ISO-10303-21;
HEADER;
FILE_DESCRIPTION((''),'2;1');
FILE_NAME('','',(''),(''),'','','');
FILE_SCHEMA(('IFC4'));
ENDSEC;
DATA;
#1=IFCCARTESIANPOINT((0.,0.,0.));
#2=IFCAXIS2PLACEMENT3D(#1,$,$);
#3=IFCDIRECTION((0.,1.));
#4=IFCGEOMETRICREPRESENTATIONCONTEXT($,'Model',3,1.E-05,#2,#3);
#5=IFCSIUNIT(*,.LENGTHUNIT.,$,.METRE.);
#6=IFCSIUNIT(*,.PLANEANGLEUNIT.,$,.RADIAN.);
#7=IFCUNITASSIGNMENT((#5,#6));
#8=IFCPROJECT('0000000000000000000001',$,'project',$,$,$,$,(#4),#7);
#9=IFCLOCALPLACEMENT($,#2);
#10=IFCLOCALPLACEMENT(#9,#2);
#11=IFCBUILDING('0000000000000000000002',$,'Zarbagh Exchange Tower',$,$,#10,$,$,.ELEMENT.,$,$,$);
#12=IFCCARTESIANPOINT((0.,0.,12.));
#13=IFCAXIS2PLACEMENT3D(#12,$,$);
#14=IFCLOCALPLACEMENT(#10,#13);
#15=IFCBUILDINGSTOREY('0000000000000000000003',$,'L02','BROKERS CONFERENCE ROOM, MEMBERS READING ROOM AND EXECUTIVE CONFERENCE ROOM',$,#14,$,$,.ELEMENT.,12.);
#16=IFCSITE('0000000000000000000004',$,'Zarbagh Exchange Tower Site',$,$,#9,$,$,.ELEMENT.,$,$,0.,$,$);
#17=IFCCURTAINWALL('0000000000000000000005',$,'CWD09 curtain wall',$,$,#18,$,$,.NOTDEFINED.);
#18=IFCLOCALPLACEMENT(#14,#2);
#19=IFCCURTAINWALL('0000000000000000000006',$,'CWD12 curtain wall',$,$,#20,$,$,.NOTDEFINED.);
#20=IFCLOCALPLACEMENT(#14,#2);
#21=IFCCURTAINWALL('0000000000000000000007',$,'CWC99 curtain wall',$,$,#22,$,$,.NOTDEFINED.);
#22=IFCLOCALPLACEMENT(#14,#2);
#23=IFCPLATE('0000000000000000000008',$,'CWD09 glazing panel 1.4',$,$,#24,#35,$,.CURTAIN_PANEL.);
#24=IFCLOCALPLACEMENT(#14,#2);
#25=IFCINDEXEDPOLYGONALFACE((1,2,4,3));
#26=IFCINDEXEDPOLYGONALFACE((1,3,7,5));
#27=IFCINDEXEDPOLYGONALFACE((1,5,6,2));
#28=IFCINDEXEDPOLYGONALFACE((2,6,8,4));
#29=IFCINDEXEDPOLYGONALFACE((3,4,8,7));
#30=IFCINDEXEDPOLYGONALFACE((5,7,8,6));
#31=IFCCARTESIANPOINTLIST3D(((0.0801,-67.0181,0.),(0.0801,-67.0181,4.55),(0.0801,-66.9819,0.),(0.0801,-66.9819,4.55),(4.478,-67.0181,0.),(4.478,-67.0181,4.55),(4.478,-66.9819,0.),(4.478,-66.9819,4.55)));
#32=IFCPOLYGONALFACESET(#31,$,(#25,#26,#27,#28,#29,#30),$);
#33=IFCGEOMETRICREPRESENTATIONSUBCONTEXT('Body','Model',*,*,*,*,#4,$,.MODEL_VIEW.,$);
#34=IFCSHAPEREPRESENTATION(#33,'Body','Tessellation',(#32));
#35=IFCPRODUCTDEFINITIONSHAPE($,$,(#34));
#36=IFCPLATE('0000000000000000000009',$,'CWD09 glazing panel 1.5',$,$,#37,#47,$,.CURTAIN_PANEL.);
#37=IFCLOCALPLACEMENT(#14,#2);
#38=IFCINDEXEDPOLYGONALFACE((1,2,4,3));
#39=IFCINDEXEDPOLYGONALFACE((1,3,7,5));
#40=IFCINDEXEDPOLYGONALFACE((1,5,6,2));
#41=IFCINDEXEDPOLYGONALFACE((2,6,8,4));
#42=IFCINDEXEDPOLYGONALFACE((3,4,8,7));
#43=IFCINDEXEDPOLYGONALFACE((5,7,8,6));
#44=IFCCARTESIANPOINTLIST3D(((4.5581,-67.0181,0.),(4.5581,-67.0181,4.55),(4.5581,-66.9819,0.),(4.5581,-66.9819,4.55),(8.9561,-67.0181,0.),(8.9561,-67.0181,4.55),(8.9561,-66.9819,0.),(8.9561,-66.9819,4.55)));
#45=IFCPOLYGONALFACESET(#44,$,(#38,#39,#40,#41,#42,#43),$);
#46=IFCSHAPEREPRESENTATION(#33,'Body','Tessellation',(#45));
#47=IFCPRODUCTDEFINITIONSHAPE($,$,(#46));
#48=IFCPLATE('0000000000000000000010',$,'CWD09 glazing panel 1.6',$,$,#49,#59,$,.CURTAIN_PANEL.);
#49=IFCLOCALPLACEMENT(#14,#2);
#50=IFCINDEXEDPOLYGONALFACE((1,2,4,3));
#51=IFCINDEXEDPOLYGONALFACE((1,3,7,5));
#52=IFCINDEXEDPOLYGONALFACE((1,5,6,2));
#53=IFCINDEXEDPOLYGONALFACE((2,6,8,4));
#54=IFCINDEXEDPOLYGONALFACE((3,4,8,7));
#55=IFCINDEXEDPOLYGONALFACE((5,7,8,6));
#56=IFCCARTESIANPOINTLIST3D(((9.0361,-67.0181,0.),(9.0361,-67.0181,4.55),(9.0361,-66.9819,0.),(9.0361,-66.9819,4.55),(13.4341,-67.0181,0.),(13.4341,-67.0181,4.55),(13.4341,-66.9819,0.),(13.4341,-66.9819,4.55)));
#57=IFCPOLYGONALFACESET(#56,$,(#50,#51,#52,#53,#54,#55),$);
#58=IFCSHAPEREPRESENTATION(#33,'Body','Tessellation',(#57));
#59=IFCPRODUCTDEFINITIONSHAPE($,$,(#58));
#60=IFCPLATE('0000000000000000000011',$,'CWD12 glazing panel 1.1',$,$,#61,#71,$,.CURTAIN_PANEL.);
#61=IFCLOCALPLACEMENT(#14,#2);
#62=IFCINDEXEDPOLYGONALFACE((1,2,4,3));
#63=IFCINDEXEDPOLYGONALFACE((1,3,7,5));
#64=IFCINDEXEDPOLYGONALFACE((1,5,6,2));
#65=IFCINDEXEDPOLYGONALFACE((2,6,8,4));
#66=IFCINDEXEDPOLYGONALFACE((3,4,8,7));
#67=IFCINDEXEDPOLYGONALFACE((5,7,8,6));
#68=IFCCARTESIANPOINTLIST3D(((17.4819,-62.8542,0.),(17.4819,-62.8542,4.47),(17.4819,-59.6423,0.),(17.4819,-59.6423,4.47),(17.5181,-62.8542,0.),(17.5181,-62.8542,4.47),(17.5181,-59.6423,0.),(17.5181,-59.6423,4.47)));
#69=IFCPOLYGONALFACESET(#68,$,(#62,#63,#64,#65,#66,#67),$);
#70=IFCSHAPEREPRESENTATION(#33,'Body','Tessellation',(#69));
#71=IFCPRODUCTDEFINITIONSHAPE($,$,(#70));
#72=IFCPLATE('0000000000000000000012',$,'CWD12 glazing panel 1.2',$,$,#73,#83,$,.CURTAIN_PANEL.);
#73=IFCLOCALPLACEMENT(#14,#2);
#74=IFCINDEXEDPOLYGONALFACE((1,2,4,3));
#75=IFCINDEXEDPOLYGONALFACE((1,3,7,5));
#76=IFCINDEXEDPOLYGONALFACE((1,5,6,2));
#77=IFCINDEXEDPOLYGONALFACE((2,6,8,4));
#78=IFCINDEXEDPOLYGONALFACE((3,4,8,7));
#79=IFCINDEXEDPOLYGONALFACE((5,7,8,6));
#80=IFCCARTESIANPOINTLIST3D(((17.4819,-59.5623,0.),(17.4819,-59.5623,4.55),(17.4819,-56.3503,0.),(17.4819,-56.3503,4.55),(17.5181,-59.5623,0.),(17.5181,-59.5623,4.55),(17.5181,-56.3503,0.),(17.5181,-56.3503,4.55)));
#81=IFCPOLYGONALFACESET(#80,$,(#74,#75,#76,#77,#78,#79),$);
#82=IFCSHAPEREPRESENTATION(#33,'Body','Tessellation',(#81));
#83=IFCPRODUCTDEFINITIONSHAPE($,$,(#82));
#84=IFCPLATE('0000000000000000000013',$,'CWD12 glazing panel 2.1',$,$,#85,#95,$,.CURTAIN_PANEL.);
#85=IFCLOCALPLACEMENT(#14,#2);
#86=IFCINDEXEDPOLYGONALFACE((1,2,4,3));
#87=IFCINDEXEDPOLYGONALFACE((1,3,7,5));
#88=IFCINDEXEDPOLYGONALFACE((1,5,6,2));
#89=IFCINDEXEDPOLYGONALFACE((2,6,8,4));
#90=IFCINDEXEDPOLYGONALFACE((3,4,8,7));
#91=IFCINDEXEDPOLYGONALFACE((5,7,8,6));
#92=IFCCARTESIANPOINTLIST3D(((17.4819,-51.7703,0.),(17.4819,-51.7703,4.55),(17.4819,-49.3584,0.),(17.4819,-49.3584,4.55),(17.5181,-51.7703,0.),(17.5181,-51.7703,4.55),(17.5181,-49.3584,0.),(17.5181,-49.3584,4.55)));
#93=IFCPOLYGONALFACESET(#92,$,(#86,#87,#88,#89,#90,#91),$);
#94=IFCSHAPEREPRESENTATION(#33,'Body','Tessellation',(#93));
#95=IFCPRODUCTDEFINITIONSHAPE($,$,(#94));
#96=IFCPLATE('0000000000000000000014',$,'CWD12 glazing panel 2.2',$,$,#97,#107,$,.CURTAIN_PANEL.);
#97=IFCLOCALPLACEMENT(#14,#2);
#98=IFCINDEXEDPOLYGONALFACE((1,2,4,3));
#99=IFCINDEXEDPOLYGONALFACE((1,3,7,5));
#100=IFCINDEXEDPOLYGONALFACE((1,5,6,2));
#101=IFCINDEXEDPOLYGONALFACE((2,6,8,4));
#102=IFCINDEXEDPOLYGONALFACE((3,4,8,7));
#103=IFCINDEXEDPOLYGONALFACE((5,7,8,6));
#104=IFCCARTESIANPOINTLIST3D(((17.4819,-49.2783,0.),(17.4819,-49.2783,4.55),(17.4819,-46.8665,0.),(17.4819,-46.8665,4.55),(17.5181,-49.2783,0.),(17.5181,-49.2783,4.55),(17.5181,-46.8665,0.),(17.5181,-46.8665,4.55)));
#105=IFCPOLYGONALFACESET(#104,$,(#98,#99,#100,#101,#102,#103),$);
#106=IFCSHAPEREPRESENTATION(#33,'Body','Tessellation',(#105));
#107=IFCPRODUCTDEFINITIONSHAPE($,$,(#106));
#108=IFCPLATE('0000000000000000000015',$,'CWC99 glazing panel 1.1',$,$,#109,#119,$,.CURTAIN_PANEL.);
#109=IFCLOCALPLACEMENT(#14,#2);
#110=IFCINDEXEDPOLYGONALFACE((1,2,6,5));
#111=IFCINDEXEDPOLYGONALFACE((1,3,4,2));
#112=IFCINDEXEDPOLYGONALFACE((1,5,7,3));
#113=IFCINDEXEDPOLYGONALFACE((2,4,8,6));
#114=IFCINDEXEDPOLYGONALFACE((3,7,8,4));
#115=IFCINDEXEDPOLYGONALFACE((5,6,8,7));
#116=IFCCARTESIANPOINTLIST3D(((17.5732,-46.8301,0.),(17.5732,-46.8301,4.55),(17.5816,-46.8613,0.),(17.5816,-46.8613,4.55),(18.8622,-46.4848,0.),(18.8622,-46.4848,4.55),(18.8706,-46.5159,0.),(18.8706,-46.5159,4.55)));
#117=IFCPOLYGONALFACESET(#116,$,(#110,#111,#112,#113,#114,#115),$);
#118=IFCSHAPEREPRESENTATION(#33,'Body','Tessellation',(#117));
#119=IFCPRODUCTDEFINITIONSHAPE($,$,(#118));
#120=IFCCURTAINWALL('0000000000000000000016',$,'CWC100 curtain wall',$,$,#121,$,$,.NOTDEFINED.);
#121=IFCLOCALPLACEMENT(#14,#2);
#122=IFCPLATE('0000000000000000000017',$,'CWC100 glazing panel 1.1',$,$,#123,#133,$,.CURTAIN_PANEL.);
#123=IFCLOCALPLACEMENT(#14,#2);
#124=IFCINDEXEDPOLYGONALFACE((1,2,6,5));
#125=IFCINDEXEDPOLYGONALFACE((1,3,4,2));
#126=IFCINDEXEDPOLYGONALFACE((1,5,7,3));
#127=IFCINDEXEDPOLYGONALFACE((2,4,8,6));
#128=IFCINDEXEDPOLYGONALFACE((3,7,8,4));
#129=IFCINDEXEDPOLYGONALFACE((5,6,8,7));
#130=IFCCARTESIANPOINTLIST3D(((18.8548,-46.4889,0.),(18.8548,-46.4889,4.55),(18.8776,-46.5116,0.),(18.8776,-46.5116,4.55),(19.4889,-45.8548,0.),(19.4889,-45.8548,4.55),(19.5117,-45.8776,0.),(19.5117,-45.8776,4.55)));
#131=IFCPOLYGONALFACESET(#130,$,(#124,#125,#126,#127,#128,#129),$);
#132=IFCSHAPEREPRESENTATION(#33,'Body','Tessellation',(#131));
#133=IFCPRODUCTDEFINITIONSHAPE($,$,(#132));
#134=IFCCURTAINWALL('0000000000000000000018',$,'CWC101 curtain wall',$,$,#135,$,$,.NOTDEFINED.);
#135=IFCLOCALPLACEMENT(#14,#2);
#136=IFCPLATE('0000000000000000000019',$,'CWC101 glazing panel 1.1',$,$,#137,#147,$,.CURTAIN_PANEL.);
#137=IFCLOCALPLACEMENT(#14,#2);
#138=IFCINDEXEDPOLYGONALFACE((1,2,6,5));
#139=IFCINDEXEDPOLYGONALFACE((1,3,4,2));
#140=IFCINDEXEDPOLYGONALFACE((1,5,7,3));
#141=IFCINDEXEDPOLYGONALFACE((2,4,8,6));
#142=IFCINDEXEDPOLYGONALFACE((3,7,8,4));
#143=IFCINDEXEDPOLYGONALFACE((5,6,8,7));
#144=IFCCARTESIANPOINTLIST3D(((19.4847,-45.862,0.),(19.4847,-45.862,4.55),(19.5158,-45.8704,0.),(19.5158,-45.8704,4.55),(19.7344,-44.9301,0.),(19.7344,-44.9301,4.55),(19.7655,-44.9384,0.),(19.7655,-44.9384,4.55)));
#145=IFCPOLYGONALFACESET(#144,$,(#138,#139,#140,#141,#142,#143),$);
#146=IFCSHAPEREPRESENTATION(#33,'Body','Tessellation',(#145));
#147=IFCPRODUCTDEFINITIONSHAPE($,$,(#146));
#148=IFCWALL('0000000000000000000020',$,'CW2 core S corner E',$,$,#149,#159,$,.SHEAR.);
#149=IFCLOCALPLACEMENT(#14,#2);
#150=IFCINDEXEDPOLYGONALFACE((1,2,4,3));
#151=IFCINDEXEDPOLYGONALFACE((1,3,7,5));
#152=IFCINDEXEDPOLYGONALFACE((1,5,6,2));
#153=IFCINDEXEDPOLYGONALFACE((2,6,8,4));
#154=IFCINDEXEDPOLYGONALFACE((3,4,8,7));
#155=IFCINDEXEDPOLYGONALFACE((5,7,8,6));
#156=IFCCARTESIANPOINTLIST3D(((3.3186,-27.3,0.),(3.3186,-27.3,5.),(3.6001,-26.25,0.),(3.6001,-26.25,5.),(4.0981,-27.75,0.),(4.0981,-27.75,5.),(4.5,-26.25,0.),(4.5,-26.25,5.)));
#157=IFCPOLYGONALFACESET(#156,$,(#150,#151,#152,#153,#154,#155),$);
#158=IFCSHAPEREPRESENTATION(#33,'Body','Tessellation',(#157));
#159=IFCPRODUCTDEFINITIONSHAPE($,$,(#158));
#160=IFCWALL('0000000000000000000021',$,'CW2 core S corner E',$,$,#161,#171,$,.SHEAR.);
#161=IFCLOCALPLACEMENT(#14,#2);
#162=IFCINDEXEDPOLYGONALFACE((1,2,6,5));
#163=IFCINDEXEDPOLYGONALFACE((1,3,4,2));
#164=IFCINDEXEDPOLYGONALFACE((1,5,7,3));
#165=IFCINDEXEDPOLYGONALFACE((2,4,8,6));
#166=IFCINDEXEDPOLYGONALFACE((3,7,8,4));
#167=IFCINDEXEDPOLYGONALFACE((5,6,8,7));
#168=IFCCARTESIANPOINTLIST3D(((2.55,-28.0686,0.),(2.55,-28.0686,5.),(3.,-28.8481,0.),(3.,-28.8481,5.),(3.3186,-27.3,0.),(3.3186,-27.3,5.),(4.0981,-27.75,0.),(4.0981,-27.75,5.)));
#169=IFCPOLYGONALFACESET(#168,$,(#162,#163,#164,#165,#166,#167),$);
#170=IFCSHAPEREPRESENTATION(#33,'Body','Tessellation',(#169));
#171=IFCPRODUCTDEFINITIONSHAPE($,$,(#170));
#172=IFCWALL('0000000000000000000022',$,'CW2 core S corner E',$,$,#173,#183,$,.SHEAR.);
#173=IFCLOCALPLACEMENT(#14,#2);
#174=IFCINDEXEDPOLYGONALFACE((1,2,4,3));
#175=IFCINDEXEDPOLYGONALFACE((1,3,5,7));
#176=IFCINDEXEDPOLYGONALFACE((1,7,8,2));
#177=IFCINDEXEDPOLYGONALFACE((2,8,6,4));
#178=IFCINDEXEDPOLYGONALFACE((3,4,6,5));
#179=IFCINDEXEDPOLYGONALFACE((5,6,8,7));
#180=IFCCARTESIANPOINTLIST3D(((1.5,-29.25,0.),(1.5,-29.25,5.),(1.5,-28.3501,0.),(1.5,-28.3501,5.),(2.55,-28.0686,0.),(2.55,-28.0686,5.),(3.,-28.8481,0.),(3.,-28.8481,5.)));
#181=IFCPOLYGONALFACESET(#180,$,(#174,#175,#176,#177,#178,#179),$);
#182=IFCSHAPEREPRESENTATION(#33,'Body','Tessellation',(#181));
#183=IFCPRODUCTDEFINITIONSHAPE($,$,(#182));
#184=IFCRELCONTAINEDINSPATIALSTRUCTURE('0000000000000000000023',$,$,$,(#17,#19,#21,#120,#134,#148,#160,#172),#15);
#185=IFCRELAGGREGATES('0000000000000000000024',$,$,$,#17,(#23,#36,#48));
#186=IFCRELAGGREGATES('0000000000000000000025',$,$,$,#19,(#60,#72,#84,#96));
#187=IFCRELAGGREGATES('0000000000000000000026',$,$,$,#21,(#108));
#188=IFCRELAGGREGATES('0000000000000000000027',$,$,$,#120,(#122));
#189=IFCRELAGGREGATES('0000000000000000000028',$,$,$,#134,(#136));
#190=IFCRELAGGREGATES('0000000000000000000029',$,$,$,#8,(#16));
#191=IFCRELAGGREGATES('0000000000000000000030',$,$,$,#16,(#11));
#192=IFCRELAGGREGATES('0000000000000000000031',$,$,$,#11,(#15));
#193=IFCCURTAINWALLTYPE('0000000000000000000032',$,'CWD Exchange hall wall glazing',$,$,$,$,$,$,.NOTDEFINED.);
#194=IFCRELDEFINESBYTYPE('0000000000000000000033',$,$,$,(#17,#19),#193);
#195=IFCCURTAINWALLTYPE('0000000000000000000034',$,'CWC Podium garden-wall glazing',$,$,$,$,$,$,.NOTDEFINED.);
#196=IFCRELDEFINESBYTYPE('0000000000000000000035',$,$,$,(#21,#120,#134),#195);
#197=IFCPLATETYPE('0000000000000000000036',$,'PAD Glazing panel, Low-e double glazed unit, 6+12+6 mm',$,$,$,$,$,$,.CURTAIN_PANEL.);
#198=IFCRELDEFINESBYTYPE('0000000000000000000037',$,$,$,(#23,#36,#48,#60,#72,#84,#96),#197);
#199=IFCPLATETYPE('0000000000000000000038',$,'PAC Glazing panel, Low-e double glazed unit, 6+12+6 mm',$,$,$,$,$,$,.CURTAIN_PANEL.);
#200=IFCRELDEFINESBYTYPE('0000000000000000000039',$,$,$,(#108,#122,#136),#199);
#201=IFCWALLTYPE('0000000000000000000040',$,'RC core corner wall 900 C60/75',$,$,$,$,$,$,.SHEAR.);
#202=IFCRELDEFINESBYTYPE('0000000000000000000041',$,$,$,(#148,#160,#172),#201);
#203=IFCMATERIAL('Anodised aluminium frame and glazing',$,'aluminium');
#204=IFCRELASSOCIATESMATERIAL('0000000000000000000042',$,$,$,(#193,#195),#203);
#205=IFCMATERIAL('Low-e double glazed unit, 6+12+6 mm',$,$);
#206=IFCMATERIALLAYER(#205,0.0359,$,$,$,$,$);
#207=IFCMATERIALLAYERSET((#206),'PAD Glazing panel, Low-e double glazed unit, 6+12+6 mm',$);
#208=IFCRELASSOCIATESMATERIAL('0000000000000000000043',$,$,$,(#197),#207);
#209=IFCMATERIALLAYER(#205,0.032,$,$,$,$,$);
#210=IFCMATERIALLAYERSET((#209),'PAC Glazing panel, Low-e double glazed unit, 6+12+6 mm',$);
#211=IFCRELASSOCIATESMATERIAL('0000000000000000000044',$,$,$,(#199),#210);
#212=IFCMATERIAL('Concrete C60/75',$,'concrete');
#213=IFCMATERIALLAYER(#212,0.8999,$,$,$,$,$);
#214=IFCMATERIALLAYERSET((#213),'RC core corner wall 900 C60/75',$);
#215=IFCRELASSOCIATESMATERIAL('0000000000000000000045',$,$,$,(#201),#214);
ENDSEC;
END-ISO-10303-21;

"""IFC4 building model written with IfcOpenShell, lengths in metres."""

from ifc_helpers import new_model, si_unit, direction, frame, origin, place, context, subcontext, project, spatial, polyline, outline, extrude, source, transform, mapped, material, layer, layer_set, type_object, element, aggregate, save


model = new_model("IFC4")

# Units and contexts
model_context = context("Model", 3, precision=1e-05, world=origin(), true_north=direction((0.0, 1.0)))
body_context = subcontext(model_context, "Body", "Model", "MODEL_VIEW")
ifc_project = project(units=[si_unit("LENGTHUNIT", "METRE"), si_unit("PLANEANGLEUNIT", "RADIAN")], contexts=[model_context])

# Site, building, storey
site_placement = place(None, origin())
site = spatial("IfcSite", under=ifc_project, at=site_placement, Name="Zarbagh Exchange Tower Site", CompositionType="ELEMENT", RefElevation=0.0)
building_placement = place(site_placement, origin())
building = spatial("IfcBuilding", under=site, at=building_placement, Name="Zarbagh Exchange Tower", CompositionType="ELEMENT")
storey_placement = place(building_placement, frame((0.0, 0.0, 12.0)))
storey = spatial("IfcBuildingStorey", under=building, at=storey_placement, Name="L02", Description="BROKERS CONFERENCE ROOM, MEMBERS READING ROOM AND EXECUTIVE CONFERENCE ROOM", CompositionType="ELEMENT", Elevation=12.0)

# Curtain wall
ifc_material_1 = material(Name="Anodised aluminium frame and glazing", Category="aluminium")
curtain_wall_type_1 = type_object("IfcCurtainWallType", Name="CWD Exchange hall wall glazing", PredefinedType="NOTDEFINED", material=ifc_material_1)
curtain_wall_1_placement = place(storey_placement, origin())
curtain_wall_1 = element("IfcCurtainWall", 1, at=curtain_wall_1_placement, inside=storey, type_object=curtain_wall_type_1, Name="CWD09 curtain wall", PredefinedType="NOTDEFINED")
placement = place(storey_placement, origin())

# Curtain wall
curtain_wall_2_placement = place(storey_placement, origin())
curtain_wall_2 = element("IfcCurtainWall", 2, at=curtain_wall_2_placement, inside=storey, type_object=curtain_wall_type_1, Name="CWD12 curtain wall", PredefinedType="NOTDEFINED")

# Curtain wall
curtain_wall_type_2 = type_object("IfcCurtainWallType", Name="CWC Podium garden-wall glazing", PredefinedType="NOTDEFINED", material=ifc_material_1)
curtain_wall_3_placement = place(storey_placement, origin())
curtain_wall_3 = element("IfcCurtainWall", 3, at=curtain_wall_3_placement, inside=storey, type_object=curtain_wall_type_2, Name="CWC99 curtain wall", PredefinedType="NOTDEFINED")

# Shared definitions
ifc_material_2 = material(Name="Low-e double glazed unit, 6+12+6 mm")
ifc_layer_1 = layer(ifc_material_2, 0.0359)
ifc_layer_set_1 = layer_set([ifc_layer_1], Name="PAD Glazing panel, Low-e double glazed unit, 6+12+6 mm")
plate_type_1 = type_object("IfcPlateType", Name="PAD Glazing panel, Low-e double glazed unit, 6+12+6 mm", PredefinedType="CURTAIN_PANEL", material=ifc_layer_set_1)

# Plates
shared_shape_1 = source(origin(), body_context, "Body", "SweptSolid", [
    extrude(outline(polyline([(0.0, -0.0181), (4.3979, -0.0181), (4.3979, 0.0181), (0.0, 0.0181), (0.0, -0.0181)])), origin(), (0.0, 0.0, 1.0), 4.55),
])
plate_1 = element("IfcPlate", 4, at=placement, type_object=plate_type_1, Name="CWD09 glazing panel 1.4", PredefinedType="CURTAIN_PANEL", context=body_context, shape_type="MappedRepresentation", body=[
    mapped(shared_shape_1, transform((0.0801, -67.0, 0.0), x_axis=(1.0, 0.0, 0.0), y_axis=(0.0, 1.0, 0.0), z_axis=(0.0, 0.0, 1.0))),
])
plate_2 = element("IfcPlate", 5, at=placement, type_object=plate_type_1, Name="CWD09 glazing panel 1.5", PredefinedType="CURTAIN_PANEL", context=body_context, shape_type="MappedRepresentation", body=[
    mapped(shared_shape_1, transform((4.5581, -67.0, 0.0), x_axis=(1.0, 0.0, 0.0), y_axis=(0.0, 1.0, 0.0), z_axis=(0.0, 0.0, 1.0))),
])
plate_3 = element("IfcPlate", 6, at=placement, type_object=plate_type_1, Name="CWD09 glazing panel 1.6", PredefinedType="CURTAIN_PANEL", context=body_context, shape_type="MappedRepresentation", body=[
    mapped(shared_shape_1, transform((9.0361, -67.0, 0.0), x_axis=(1.0, 0.0, 0.0), y_axis=(0.0, 1.0, 0.0), z_axis=(0.0, 0.0, 1.0))),
])
aggregate(curtain_wall_1, [plate_1, plate_2, plate_3])
shared_shape_2 = source(origin(), body_context, "Body", "SweptSolid", [
    extrude(outline(polyline([(0.0, -0.0181), (3.2119, -0.0181), (3.2119, 0.0181), (0.0, 0.0181), (0.0, -0.0181)])), origin(), (0.0, 0.0, 1.0), 4.47),
])
plate_4 = element("IfcPlate", 7, at=placement, type_object=plate_type_1, Name="CWD12 glazing panel 1.1", PredefinedType="CURTAIN_PANEL", context=body_context, shape_type="MappedRepresentation", body=[
    mapped(shared_shape_2, transform((17.5, -62.8542, 0.0), x_axis=(0.0, 1.0, 0.0), y_axis=(-1.0, 0.0, 0.0), z_axis=(0.0, 0.0, 1.0))),
])
shared_shape_3 = source(origin(), body_context, "Body", "SweptSolid", [
    extrude(outline(polyline([(0.0, -0.0181), (3.2119, -0.0181), (3.2119, 0.0181), (0.0, 0.0181), (0.0, -0.0181)])), origin(), (0.0, 0.0, 1.0), 4.55),
])
plate_5 = element("IfcPlate", 8, at=placement, type_object=plate_type_1, Name="CWD12 glazing panel 1.2", PredefinedType="CURTAIN_PANEL", context=body_context, shape_type="MappedRepresentation", body=[
    mapped(shared_shape_3, transform((17.5, -59.5623, 0.0), x_axis=(0.0, 1.0, 0.0), y_axis=(-1.0, 0.0, 0.0), z_axis=(0.0, 0.0, 1.0))),
])
shared_shape_4 = source(origin(), body_context, "Body", "SweptSolid", [
    extrude(outline(polyline([(0.0, -0.0181), (2.4119, -0.0181), (2.4119, 0.0181), (0.0, 0.0181), (0.0, -0.0181)])), origin(), (0.0, 0.0, 1.0), 4.55),
])
plate_6 = element("IfcPlate", 9, at=placement, type_object=plate_type_1, Name="CWD12 glazing panel 2.1", PredefinedType="CURTAIN_PANEL", context=body_context, shape_type="MappedRepresentation", body=[
    mapped(shared_shape_4, transform((17.5, -51.7703, 0.0), x_axis=(0.0, 1.0, 0.0), y_axis=(-1.0, 0.0, 0.0), z_axis=(0.0, 0.0, 1.0))),
])
plate_7 = element("IfcPlate", 10, at=placement, type_object=plate_type_1, Name="CWD12 glazing panel 2.2", PredefinedType="CURTAIN_PANEL", context=body_context, shape_type="MappedRepresentation", body=[
    mapped(shared_shape_4, transform((17.5, -49.2783, 0.0), x_axis=(0.0, 1.0, 0.0), y_axis=(-1.0, 0.0, 0.0), z_axis=(0.0, 0.0, 1.0))),
])
aggregate(curtain_wall_2, [plate_4, plate_5, plate_6, plate_7])
ifc_layer_2 = layer(ifc_material_2, 0.032)
ifc_layer_set_2 = layer_set([ifc_layer_2], Name="PAC Glazing panel, Low-e double glazed unit, 6+12+6 mm")
plate_type_2 = type_object("IfcPlateType", Name="PAC Glazing panel, Low-e double glazed unit, 6+12+6 mm", PredefinedType="CURTAIN_PANEL", material=ifc_layer_set_2)
shared_shape_5 = source(origin(), body_context, "Body", "SweptSolid", [
    extrude(outline(polyline([(0.0, -0.0161), (1.3345, -0.0161), (1.3345, 0.0161), (0.0, 0.0161), (0.0, -0.0161)])), origin(), (0.0, 0.0, 1.0), 4.55),
])
plate_8 = element("IfcPlate", 11, at=placement, type_object=plate_type_2, Name="CWC99 glazing panel 1.1", PredefinedType="CURTAIN_PANEL", context=body_context, shape_type="MappedRepresentation", body=[
    mapped(shared_shape_5, transform((17.5774, -46.8457, 0.0), x_axis=(0.965935, 0.258785, 0.0), y_axis=(-0.258785, 0.965935, 0.0), z_axis=(0.0, 0.0, 1.0))),
])
aggregate(curtain_wall_3, [plate_8])

# Curtain walls, plates
curtain_wall_4_placement = place(storey_placement, origin())
curtain_wall_4 = element("IfcCurtainWall", 12, at=curtain_wall_4_placement, inside=storey, type_object=curtain_wall_type_2, Name="CWC100 curtain wall", PredefinedType="NOTDEFINED")
shared_shape_6 = source(origin(), body_context, "Body", "SweptSolid", [
    extrude(outline(polyline([(0.0, -0.0161), (0.8967, -0.0161), (0.8967, 0.0161), (0.0, 0.0161), (0.0, -0.0161)])), origin(), (0.0, 0.0, 1.0), 4.55),
])
plate_9 = element("IfcPlate", 13, at=placement, type_object=plate_type_2, Name="CWC100 glazing panel 1.1", PredefinedType="CURTAIN_PANEL", context=body_context, shape_type="MappedRepresentation", body=[
    mapped(shared_shape_6, transform((18.8662, -46.5002, 0.0), x_axis=(0.707107, 0.707107, 0.0), y_axis=(-0.707107, 0.707107, 0.0), z_axis=(0.0, 0.0, 1.0))),
])
aggregate(curtain_wall_4, [plate_9])
curtain_wall_5_placement = place(storey_placement, origin())
curtain_wall_5 = element("IfcCurtainWall", 14, at=curtain_wall_5_placement, inside=storey, type_object=curtain_wall_type_2, Name="CWC101 curtain wall", PredefinedType="NOTDEFINED")
shared_shape_7 = source(origin(), body_context, "Body", "SweptSolid", [
    extrude(outline(polyline([(0.0, -0.0161), (0.9648, -0.0161), (0.9648, 0.0161), (0.0, 0.0161), (0.0, -0.0161)])), origin(), (0.0, 0.0, 1.0), 4.55),
])
plate_10 = element("IfcPlate", 15, at=placement, type_object=plate_type_2, Name="CWC101 glazing panel 1.1", PredefinedType="CURTAIN_PANEL", context=body_context, shape_type="MappedRepresentation", body=[
    mapped(shared_shape_7, transform((19.5002, -45.8662, 0.0), x_axis=(0.258785, 0.965935, 0.0), y_axis=(-0.965935, 0.258785, 0.0), z_axis=(0.0, 0.0, 1.0))),
])
aggregate(curtain_wall_5, [plate_10])

# Walls
ifc_material_3 = material(Name="Concrete C60/75", Category="concrete")
ifc_layer_3 = layer(ifc_material_3, 0.8999)
ifc_layer_set_3 = layer_set([ifc_layer_3], Name="RC core corner wall 900 C60/75")
wall_type = type_object("IfcWallType", Name="RC core corner wall 900 C60/75", PredefinedType="SHEAR", material=ifc_layer_set_3)
wall_1_placement = place(storey_placement, origin())
element("IfcWall", 16, at=wall_1_placement, inside=storey, type_object=wall_type, Name="CW2 core S corner E", PredefinedType="SHEAR", context=body_context, shape_type="SweptSolid", body=[
    extrude(outline(polyline([(4.5, -26.25), (4.0981, -27.75), (3.3186, -27.3), (3.6001, -26.25), (4.5, -26.25)])), origin(), (0.0, 0.0, 1.0), 5.0),
])
wall_2_placement = place(storey_placement, origin())
element("IfcWall", 17, at=wall_2_placement, inside=storey, type_object=wall_type, Name="CW2 core S corner E", PredefinedType="SHEAR", context=body_context, shape_type="SweptSolid", body=[
    extrude(outline(polyline([(4.0981, -27.75), (3.0, -28.8481), (2.55, -28.0686), (3.3186, -27.3), (4.0981, -27.75)])), origin(), (0.0, 0.0, 1.0), 5.0),
])
wall_3_placement = place(storey_placement, origin())
element("IfcWall", 18, at=wall_3_placement, inside=storey, type_object=wall_type, Name="CW2 core S corner E", PredefinedType="SHEAR", context=body_context, shape_type="SweptSolid", body=[
    extrude(outline(polyline([(3.0, -28.8481), (1.5, -29.25), (1.5, -28.3501), (2.55, -28.0686), (3.0, -28.8481)])), origin(), (0.0, 0.0, 1.0), 5.0),
])

save(model, "model.ifc")
